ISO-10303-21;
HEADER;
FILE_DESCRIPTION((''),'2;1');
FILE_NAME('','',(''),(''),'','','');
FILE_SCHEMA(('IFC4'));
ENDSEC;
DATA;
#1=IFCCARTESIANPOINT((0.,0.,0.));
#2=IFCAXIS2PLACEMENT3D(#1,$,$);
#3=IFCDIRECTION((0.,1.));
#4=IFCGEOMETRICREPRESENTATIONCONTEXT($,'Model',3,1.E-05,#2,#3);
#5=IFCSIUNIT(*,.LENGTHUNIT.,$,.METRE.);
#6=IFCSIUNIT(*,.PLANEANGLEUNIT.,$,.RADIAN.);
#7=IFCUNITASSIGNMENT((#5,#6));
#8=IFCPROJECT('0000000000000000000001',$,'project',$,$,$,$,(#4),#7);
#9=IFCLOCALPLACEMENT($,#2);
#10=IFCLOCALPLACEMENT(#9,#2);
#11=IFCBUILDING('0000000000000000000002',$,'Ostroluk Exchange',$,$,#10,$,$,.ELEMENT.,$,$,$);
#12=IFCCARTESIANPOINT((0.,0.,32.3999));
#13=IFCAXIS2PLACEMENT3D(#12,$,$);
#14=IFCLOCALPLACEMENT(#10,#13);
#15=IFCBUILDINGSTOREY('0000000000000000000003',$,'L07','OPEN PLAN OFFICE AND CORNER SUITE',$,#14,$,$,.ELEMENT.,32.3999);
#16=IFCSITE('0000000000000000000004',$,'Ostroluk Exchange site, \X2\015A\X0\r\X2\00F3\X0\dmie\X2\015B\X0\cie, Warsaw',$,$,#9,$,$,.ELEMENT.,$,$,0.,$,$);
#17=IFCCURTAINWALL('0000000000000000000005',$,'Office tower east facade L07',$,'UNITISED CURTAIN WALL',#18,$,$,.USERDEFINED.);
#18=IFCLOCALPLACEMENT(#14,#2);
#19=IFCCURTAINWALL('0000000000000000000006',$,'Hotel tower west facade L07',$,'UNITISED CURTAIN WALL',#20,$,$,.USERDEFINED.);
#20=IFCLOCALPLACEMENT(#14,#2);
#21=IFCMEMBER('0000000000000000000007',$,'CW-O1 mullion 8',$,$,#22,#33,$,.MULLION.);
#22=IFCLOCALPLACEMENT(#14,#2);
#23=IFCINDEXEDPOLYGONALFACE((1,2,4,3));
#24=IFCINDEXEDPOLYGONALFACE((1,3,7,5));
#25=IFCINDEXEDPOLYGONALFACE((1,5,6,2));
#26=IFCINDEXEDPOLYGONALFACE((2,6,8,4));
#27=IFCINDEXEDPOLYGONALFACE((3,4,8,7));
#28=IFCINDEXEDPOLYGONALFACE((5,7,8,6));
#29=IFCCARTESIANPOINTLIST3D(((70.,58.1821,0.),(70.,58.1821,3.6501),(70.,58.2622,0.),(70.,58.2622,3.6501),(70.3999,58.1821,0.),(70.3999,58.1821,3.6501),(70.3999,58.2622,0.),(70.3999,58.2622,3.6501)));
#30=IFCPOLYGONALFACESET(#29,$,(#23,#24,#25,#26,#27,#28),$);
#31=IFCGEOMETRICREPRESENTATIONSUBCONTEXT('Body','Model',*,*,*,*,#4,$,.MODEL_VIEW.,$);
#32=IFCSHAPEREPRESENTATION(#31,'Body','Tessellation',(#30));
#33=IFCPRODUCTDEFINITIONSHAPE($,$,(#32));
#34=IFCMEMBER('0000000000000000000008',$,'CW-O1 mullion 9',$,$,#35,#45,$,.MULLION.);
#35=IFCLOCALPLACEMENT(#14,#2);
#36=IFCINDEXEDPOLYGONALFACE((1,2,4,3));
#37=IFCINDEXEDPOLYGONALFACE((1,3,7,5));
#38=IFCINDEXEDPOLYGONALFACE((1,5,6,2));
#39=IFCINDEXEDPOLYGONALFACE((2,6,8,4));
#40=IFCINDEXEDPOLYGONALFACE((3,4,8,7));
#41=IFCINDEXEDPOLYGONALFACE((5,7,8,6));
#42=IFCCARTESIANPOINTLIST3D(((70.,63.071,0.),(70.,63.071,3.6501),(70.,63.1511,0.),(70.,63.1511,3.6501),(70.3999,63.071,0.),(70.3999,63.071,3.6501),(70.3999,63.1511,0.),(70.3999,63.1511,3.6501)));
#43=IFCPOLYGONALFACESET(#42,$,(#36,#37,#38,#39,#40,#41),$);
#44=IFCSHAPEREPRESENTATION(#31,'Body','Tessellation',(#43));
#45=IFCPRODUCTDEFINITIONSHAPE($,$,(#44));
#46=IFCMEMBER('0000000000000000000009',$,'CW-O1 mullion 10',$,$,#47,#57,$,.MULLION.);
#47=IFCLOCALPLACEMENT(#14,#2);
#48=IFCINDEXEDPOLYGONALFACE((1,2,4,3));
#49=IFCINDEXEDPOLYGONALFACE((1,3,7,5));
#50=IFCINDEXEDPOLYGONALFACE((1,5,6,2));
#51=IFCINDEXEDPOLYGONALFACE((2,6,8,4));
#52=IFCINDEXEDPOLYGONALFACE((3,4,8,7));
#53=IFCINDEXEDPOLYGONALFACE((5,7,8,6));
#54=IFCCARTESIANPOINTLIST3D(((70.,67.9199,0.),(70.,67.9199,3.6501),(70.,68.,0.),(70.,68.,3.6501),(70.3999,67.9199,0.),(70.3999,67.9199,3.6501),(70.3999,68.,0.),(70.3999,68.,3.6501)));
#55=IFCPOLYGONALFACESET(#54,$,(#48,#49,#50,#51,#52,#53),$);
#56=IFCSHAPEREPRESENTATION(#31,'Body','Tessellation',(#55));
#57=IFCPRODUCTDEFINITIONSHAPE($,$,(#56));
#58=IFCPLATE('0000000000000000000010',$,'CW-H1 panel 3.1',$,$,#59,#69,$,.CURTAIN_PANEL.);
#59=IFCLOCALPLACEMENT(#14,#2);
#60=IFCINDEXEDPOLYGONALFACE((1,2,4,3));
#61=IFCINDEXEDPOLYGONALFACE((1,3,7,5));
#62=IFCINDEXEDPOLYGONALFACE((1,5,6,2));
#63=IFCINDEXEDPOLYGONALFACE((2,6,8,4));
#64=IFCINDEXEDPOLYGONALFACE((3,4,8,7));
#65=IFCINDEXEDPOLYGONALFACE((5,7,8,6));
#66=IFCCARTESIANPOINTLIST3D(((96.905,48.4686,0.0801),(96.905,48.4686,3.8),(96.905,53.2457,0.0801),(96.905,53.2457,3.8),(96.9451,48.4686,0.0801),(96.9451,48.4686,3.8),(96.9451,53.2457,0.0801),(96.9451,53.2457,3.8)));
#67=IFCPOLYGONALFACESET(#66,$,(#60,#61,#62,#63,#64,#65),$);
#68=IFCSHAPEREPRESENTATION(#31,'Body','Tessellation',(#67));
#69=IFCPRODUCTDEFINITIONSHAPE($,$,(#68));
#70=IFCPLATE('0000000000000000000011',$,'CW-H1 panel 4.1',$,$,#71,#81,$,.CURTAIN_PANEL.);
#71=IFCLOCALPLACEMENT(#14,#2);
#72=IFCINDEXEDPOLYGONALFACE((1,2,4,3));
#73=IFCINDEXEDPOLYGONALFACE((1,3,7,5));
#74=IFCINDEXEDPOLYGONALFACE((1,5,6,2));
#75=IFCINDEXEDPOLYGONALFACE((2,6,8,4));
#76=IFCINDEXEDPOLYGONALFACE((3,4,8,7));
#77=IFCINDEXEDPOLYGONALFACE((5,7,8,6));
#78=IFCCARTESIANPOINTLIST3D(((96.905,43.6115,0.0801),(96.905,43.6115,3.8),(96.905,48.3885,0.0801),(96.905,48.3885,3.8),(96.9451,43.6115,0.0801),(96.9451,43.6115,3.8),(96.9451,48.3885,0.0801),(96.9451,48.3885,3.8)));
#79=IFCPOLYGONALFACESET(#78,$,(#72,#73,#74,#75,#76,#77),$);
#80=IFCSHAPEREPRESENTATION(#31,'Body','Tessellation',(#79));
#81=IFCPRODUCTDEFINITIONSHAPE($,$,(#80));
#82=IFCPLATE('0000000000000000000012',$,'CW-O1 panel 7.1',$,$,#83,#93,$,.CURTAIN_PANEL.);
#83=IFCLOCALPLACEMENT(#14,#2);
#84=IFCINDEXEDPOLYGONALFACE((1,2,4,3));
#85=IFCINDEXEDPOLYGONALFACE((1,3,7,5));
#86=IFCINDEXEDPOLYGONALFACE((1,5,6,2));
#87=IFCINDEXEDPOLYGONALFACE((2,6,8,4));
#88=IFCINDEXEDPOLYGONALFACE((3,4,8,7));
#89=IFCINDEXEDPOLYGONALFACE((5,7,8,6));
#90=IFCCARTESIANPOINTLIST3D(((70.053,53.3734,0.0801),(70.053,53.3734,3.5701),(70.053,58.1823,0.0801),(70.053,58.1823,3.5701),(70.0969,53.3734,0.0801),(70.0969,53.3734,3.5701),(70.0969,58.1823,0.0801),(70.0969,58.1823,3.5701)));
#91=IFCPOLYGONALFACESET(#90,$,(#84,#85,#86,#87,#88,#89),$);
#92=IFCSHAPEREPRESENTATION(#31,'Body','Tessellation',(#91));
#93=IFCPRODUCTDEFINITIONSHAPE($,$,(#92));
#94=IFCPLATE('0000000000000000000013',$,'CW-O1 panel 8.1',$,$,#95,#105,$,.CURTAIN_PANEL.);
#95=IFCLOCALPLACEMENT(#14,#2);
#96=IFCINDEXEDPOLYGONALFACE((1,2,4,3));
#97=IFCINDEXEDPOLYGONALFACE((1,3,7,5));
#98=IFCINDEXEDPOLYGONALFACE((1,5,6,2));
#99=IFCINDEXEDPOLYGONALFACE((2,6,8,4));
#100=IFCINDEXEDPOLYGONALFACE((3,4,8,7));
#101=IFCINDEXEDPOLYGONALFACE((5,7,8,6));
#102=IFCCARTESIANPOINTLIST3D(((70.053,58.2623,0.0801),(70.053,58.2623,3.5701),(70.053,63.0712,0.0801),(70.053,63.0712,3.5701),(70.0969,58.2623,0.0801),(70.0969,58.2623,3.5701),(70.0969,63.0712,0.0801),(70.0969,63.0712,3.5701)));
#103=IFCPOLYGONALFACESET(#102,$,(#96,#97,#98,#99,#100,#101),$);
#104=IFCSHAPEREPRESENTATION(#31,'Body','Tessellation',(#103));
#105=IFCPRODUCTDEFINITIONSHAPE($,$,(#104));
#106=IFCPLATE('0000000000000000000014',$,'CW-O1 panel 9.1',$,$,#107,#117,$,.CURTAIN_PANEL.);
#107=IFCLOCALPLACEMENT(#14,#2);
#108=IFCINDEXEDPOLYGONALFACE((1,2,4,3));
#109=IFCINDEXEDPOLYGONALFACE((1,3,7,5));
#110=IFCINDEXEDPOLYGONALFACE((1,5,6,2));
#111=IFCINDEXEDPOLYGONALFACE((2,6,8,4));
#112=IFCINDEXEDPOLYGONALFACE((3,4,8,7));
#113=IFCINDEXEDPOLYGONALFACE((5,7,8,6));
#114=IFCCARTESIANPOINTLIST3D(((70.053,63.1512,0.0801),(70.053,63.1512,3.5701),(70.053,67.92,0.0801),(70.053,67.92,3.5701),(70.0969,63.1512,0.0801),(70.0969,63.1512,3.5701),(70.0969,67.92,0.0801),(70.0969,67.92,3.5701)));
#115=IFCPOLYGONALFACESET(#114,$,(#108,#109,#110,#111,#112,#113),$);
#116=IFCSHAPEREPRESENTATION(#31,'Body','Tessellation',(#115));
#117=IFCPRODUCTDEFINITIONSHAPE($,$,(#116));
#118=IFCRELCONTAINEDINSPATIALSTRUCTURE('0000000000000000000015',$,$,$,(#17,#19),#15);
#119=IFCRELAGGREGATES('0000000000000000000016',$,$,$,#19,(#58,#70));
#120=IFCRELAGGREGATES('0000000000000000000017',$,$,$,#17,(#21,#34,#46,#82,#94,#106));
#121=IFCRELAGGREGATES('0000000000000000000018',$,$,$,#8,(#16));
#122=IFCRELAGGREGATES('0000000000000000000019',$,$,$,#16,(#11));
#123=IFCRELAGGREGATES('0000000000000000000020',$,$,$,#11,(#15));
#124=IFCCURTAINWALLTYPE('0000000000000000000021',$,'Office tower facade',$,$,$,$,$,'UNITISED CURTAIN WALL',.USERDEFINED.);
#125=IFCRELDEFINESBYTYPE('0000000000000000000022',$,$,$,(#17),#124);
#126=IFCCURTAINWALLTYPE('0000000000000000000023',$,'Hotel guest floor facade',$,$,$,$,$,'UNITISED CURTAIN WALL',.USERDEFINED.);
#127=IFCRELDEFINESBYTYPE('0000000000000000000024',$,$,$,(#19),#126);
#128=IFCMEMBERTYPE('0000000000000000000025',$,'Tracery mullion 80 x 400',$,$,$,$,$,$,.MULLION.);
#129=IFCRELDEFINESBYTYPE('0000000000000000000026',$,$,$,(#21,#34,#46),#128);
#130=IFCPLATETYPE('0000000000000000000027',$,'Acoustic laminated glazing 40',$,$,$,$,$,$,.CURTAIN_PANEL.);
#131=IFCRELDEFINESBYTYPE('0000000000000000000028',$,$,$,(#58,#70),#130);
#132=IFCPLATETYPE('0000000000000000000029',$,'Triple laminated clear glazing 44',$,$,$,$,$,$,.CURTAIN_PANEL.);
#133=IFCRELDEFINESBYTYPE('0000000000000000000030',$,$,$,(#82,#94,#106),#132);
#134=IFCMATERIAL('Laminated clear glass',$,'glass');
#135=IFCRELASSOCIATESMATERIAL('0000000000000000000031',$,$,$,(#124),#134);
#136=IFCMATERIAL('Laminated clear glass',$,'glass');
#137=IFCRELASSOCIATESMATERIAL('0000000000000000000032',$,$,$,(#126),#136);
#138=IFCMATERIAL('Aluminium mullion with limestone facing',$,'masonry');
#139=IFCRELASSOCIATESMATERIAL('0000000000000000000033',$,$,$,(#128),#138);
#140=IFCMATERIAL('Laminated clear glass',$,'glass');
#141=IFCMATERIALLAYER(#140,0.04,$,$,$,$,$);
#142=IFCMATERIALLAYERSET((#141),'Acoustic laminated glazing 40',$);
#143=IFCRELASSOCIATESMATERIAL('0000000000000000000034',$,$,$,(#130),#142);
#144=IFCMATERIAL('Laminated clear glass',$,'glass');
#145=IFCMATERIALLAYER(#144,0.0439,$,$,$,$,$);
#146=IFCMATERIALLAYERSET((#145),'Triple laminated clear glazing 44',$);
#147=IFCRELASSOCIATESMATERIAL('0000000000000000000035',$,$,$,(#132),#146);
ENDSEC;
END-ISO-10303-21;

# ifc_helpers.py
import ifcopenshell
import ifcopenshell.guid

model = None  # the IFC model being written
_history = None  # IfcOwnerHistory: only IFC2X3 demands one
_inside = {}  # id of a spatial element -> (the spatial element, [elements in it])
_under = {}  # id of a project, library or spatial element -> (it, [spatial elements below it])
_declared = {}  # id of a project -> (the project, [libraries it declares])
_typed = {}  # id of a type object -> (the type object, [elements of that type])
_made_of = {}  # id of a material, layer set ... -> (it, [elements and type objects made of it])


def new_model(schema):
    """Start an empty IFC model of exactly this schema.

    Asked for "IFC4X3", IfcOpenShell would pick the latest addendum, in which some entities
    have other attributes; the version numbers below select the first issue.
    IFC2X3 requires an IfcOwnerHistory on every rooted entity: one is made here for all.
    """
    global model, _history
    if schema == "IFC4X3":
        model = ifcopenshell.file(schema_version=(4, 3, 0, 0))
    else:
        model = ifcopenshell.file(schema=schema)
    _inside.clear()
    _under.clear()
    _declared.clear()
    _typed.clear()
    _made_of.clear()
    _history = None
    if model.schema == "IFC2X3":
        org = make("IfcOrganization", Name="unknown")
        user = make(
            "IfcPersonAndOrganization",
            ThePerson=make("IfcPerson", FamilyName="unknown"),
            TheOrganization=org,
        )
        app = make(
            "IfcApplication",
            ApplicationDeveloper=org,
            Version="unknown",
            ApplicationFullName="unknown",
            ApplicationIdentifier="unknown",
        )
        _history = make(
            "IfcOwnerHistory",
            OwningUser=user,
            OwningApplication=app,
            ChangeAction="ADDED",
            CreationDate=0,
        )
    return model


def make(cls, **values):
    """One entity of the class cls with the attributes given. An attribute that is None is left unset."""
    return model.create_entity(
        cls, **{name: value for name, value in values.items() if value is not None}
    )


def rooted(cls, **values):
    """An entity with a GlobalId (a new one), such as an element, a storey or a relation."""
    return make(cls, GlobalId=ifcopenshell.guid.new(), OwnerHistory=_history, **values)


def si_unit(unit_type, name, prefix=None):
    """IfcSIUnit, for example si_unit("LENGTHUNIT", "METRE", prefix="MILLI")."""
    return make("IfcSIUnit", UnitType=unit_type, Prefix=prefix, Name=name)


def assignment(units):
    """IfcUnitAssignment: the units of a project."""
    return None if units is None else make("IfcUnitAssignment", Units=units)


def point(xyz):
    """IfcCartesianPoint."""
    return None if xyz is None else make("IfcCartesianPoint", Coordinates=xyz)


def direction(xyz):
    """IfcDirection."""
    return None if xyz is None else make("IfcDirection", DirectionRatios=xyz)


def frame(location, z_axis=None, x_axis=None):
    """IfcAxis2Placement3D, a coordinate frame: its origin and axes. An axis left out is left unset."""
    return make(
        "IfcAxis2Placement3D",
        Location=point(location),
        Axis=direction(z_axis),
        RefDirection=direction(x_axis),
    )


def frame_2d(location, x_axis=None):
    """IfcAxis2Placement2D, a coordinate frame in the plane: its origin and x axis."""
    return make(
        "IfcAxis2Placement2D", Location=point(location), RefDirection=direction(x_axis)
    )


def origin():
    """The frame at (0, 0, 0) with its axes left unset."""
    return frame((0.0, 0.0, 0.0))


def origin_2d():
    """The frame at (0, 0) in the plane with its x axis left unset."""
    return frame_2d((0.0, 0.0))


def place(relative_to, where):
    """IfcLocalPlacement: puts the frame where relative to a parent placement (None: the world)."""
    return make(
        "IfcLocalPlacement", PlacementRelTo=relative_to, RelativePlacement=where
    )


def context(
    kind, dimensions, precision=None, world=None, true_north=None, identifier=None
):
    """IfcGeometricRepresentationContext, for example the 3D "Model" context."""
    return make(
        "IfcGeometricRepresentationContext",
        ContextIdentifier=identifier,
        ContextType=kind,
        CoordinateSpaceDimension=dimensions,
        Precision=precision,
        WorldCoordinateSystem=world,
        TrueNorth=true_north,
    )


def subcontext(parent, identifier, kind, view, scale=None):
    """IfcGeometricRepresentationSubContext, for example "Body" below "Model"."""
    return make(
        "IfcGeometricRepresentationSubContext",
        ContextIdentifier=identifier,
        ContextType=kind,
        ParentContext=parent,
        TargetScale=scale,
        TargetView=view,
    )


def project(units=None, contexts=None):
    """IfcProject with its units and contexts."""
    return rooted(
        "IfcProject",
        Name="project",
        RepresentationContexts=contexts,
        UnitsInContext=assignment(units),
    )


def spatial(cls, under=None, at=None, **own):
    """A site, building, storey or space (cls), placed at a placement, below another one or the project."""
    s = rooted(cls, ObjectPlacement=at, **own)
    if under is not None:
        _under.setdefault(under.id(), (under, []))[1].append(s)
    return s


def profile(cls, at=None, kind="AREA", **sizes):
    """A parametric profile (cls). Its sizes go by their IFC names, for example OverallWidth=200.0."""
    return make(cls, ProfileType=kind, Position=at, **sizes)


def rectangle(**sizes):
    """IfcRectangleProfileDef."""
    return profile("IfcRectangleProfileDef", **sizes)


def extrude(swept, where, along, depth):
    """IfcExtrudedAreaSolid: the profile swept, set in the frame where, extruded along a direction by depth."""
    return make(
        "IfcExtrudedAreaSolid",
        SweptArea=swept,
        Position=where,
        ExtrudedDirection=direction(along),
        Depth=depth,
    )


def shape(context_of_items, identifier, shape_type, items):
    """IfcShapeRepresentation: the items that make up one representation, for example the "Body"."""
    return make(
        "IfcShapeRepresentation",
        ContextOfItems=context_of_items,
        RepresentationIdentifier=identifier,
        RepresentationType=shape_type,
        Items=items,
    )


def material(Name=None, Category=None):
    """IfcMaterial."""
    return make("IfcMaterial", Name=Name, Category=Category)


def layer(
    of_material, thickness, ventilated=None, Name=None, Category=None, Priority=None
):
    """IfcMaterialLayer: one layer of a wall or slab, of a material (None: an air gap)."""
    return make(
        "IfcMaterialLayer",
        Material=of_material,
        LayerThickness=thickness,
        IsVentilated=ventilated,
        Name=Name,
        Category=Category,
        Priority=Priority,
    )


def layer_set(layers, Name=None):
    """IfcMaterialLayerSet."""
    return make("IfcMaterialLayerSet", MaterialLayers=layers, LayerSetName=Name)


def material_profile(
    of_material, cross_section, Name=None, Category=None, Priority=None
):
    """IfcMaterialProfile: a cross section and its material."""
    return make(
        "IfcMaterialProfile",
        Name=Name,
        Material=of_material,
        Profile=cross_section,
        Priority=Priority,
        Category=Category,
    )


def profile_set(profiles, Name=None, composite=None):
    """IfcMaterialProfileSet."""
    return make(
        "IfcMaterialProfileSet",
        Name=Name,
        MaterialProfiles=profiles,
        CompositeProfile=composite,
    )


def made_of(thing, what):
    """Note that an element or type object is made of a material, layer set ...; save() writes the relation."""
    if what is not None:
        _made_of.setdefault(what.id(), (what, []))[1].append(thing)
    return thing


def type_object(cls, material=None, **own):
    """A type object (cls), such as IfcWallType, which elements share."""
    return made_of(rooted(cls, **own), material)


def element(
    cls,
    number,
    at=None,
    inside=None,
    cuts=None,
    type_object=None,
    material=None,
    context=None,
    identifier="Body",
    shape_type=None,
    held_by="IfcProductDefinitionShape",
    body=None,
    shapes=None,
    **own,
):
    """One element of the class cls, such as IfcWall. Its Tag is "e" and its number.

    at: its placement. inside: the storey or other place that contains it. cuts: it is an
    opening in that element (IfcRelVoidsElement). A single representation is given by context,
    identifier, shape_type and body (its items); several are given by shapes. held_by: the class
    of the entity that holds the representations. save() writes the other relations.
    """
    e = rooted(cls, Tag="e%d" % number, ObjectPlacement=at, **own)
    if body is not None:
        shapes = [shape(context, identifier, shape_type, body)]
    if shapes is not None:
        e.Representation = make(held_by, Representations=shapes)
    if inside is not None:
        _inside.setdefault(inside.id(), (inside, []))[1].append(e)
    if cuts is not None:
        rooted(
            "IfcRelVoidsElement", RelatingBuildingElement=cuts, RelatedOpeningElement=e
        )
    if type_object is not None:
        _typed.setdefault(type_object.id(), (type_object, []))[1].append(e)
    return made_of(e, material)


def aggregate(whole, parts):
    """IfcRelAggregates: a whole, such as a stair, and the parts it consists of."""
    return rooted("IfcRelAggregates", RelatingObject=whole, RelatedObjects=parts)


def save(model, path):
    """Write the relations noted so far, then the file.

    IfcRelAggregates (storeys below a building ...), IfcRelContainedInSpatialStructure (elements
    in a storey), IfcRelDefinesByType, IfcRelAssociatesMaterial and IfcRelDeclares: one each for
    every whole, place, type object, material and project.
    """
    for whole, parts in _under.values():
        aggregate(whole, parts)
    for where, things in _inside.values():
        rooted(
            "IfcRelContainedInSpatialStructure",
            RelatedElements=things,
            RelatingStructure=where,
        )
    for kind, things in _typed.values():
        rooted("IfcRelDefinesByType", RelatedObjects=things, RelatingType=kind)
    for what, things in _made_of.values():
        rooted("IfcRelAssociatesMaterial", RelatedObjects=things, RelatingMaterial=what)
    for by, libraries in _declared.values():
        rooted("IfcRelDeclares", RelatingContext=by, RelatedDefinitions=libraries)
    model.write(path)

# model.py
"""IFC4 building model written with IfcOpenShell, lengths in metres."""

from ifc_helpers import new_model, si_unit, direction, frame, origin, origin_2d, place, context, subcontext, project, spatial, rectangle, extrude, material, layer, layer_set, material_profile, profile_set, type_object, element, aggregate, save


model = new_model("IFC4")

# Units and contexts
model_context = context("Model", 3, precision=1e-05, world=origin(), true_north=direction((0.0, 1.0)))
body_context = subcontext(model_context, "Body", "Model", "MODEL_VIEW")
ifc_project = project(units=[si_unit("LENGTHUNIT", "METRE"), si_unit("PLANEANGLEUNIT", "RADIAN")], contexts=[model_context])

# Site, building, storey
site_placement = place(None, origin())
site = spatial("IfcSite", under=ifc_project, at=site_placement, Name="Ostroluk Exchange site, Śródmieście, Warsaw", CompositionType="ELEMENT", RefElevation=0.0)
building_placement = place(site_placement, origin())
building = spatial("IfcBuilding", under=site, at=building_placement, Name="Ostroluk Exchange", CompositionType="ELEMENT")
storey_placement = place(building_placement, frame((0.0, 0.0, 32.3999)))
storey = spatial("IfcBuildingStorey", under=building, at=storey_placement, Name="L07", Description="OPEN PLAN OFFICE AND CORNER SUITE", CompositionType="ELEMENT", Elevation=32.3999)

# Curtain walls
ifc_material_1 = material(Name="Laminated clear glass", Category="glass")
curtain_wall_type_1 = type_object("IfcCurtainWallType", Name="Office tower facade", ElementType="UNITISED CURTAIN WALL", PredefinedType="USERDEFINED", material=ifc_material_1)
curtain_wall_1_placement = place(storey_placement, origin())
curtain_wall_1 = element("IfcCurtainWall", 1, at=curtain_wall_1_placement, inside=storey, type_object=curtain_wall_type_1, Name="Office tower east facade L07", ObjectType="UNITISED CURTAIN WALL", PredefinedType="USERDEFINED")
ifc_material_2 = material(Name="Laminated clear glass", Category="glass")
curtain_wall_type_2 = type_object("IfcCurtainWallType", Name="Hotel guest floor facade", ElementType="UNITISED CURTAIN WALL", PredefinedType="USERDEFINED", material=ifc_material_2)
curtain_wall_2_placement = place(storey_placement, origin())
curtain_wall_2 = element("IfcCurtainWall", 2, at=curtain_wall_2_placement, inside=storey, type_object=curtain_wall_type_2, Name="Hotel tower west facade L07", ObjectType="UNITISED CURTAIN WALL", PredefinedType="USERDEFINED")

# Members
ifc_material_3 = material(Name="Aluminium mullion with limestone facing", Category="masonry")
ifc_material_profile_1 = material_profile(ifc_material_3, rectangle(XDim=0.3999, YDim=0.0801, at=origin_2d()), Name="Tracery mullion 80 x 400")
ifc_profile_set_1 = profile_set([ifc_material_profile_1], Name="Aluminium mullion with limestone facing")
member_type_1 = type_object("IfcMemberType", Name="Tracery mullion 80 x 400", PredefinedType="MULLION", material=ifc_profile_set_1)
member_1_placement = place(storey_placement, frame((70.2, 58.2222, 0.0), z_axis=(0.0, 0.0, 1.0), x_axis=(-1.0, 0.0, 0.0)))
member_1 = element("IfcMember", 3, at=member_1_placement, type_object=member_type_1, Name="CW-O1 mullion 8", PredefinedType="MULLION", context=body_context, shape_type="SweptSolid", body=[
    extrude(rectangle(XDim=0.3999, YDim=0.0801, at=origin_2d()), origin(), (0.0, 0.0, 1.0), 3.6501),
])
member_2_placement = place(storey_placement, frame((70.2, 63.1111, 0.0), z_axis=(0.0, 0.0, 1.0), x_axis=(-1.0, 0.0, 0.0)))
member_2 = element("IfcMember", 4, at=member_2_placement, type_object=member_type_1, Name="CW-O1 mullion 9", PredefinedType="MULLION", context=body_context, shape_type="SweptSolid", body=[
    extrude(rectangle(XDim=0.3999, YDim=0.0801, at=origin_2d()), origin(), (0.0, 0.0, 1.0), 3.6501),
])
member_3_placement = place(storey_placement, frame((70.2, 67.96, 0.0), z_axis=(0.0, 0.0, 1.0), x_axis=(-1.0, 0.0, 0.0)))
member_3 = element("IfcMember", 5, at=member_3_placement, type_object=member_type_1, Name="CW-O1 mullion 10", PredefinedType="MULLION", context=body_context, shape_type="SweptSolid", body=[
    extrude(rectangle(XDim=0.3999, YDim=0.0801, at=origin_2d()), origin(), (0.0, 0.0, 1.0), 3.6501),
])

# Plates
ifc_material_4 = material(Name="Laminated clear glass", Category="glass")
ifc_layer_1 = layer(ifc_material_4, 0.04)
ifc_layer_set_1 = layer_set([ifc_layer_1], Name="Acoustic laminated glazing 40")
plate_type_1 = type_object("IfcPlateType", Name="Acoustic laminated glazing 40", PredefinedType="CURTAIN_PANEL", material=ifc_layer_set_1)
plate_1_placement = place(storey_placement, frame((96.925, 50.8572, 0.0801), z_axis=(0.0, 0.0, 1.0), x_axis=(0.0, -1.0, 0.0)))
plate_1 = element("IfcPlate", 6, at=plate_1_placement, type_object=plate_type_1, Name="CW-H1 panel 3.1", PredefinedType="CURTAIN_PANEL", context=body_context, shape_type="SweptSolid", body=[
    extrude(rectangle(XDim=4.7771, YDim=0.04, at=origin_2d()), origin(), (0.0, 0.0, 1.0), 3.72),
])
plate_2_placement = place(storey_placement, frame((96.925, 46.0, 0.0801), z_axis=(0.0, 0.0, 1.0), x_axis=(0.0, -1.0, 0.0)))
plate_2 = element("IfcPlate", 7, at=plate_2_placement, type_object=plate_type_1, Name="CW-H1 panel 4.1", PredefinedType="CURTAIN_PANEL", context=body_context, shape_type="SweptSolid", body=[
    extrude(rectangle(XDim=4.7771, YDim=0.04, at=origin_2d()), origin(), (0.0, 0.0, 1.0), 3.72),
])
aggregate(curtain_wall_2, [plate_1, plate_2])
ifc_material_5 = material(Name="Laminated clear glass", Category="glass")
ifc_layer_2 = layer(ifc_material_5, 0.0439)
ifc_layer_set_2 = layer_set([ifc_layer_2], Name="Triple laminated clear glazing 44")
plate_type_2 = type_object("IfcPlateType", Name="Triple laminated clear glazing 44", PredefinedType="CURTAIN_PANEL", material=ifc_layer_set_2)
plate_3_placement = place(storey_placement, frame((70.075, 55.7778, 0.0801), z_axis=(0.0, 0.0, 1.0), x_axis=(0.0, 1.0, 0.0)))
plate_3 = element("IfcPlate", 8, at=plate_3_placement, type_object=plate_type_2, Name="CW-O1 panel 7.1", PredefinedType="CURTAIN_PANEL", context=body_context, shape_type="SweptSolid", body=[
    extrude(rectangle(XDim=4.8088, YDim=0.0439, at=origin_2d()), origin(), (0.0, 0.0, 1.0), 3.49),
])
plate_4_placement = place(storey_placement, frame((70.075, 60.6667, 0.0801), z_axis=(0.0, 0.0, 1.0), x_axis=(0.0, 1.0, 0.0)))
plate_4 = element("IfcPlate", 9, at=plate_4_placement, type_object=plate_type_2, Name="CW-O1 panel 8.1", PredefinedType="CURTAIN_PANEL", context=body_context, shape_type="SweptSolid", body=[
    extrude(rectangle(XDim=4.8088, YDim=0.0439, at=origin_2d()), origin(), (0.0, 0.0, 1.0), 3.49),
])
plate_5_placement = place(storey_placement, frame((70.075, 65.5356, 0.0801), z_axis=(0.0, 0.0, 1.0), x_axis=(0.0, 1.0, 0.0)))
plate_5 = element("IfcPlate", 10, at=plate_5_placement, type_object=plate_type_2, Name="CW-O1 panel 9.1", PredefinedType="CURTAIN_PANEL", context=body_context, shape_type="SweptSolid", body=[
    extrude(rectangle(XDim=4.7688, YDim=0.0439, at=origin_2d()), origin(), (0.0, 0.0, 1.0), 3.49),
])
aggregate(curtain_wall_1, [member_1, member_2, member_3, plate_3, plate_4, plate_5])

save(model, "model.ifc")
